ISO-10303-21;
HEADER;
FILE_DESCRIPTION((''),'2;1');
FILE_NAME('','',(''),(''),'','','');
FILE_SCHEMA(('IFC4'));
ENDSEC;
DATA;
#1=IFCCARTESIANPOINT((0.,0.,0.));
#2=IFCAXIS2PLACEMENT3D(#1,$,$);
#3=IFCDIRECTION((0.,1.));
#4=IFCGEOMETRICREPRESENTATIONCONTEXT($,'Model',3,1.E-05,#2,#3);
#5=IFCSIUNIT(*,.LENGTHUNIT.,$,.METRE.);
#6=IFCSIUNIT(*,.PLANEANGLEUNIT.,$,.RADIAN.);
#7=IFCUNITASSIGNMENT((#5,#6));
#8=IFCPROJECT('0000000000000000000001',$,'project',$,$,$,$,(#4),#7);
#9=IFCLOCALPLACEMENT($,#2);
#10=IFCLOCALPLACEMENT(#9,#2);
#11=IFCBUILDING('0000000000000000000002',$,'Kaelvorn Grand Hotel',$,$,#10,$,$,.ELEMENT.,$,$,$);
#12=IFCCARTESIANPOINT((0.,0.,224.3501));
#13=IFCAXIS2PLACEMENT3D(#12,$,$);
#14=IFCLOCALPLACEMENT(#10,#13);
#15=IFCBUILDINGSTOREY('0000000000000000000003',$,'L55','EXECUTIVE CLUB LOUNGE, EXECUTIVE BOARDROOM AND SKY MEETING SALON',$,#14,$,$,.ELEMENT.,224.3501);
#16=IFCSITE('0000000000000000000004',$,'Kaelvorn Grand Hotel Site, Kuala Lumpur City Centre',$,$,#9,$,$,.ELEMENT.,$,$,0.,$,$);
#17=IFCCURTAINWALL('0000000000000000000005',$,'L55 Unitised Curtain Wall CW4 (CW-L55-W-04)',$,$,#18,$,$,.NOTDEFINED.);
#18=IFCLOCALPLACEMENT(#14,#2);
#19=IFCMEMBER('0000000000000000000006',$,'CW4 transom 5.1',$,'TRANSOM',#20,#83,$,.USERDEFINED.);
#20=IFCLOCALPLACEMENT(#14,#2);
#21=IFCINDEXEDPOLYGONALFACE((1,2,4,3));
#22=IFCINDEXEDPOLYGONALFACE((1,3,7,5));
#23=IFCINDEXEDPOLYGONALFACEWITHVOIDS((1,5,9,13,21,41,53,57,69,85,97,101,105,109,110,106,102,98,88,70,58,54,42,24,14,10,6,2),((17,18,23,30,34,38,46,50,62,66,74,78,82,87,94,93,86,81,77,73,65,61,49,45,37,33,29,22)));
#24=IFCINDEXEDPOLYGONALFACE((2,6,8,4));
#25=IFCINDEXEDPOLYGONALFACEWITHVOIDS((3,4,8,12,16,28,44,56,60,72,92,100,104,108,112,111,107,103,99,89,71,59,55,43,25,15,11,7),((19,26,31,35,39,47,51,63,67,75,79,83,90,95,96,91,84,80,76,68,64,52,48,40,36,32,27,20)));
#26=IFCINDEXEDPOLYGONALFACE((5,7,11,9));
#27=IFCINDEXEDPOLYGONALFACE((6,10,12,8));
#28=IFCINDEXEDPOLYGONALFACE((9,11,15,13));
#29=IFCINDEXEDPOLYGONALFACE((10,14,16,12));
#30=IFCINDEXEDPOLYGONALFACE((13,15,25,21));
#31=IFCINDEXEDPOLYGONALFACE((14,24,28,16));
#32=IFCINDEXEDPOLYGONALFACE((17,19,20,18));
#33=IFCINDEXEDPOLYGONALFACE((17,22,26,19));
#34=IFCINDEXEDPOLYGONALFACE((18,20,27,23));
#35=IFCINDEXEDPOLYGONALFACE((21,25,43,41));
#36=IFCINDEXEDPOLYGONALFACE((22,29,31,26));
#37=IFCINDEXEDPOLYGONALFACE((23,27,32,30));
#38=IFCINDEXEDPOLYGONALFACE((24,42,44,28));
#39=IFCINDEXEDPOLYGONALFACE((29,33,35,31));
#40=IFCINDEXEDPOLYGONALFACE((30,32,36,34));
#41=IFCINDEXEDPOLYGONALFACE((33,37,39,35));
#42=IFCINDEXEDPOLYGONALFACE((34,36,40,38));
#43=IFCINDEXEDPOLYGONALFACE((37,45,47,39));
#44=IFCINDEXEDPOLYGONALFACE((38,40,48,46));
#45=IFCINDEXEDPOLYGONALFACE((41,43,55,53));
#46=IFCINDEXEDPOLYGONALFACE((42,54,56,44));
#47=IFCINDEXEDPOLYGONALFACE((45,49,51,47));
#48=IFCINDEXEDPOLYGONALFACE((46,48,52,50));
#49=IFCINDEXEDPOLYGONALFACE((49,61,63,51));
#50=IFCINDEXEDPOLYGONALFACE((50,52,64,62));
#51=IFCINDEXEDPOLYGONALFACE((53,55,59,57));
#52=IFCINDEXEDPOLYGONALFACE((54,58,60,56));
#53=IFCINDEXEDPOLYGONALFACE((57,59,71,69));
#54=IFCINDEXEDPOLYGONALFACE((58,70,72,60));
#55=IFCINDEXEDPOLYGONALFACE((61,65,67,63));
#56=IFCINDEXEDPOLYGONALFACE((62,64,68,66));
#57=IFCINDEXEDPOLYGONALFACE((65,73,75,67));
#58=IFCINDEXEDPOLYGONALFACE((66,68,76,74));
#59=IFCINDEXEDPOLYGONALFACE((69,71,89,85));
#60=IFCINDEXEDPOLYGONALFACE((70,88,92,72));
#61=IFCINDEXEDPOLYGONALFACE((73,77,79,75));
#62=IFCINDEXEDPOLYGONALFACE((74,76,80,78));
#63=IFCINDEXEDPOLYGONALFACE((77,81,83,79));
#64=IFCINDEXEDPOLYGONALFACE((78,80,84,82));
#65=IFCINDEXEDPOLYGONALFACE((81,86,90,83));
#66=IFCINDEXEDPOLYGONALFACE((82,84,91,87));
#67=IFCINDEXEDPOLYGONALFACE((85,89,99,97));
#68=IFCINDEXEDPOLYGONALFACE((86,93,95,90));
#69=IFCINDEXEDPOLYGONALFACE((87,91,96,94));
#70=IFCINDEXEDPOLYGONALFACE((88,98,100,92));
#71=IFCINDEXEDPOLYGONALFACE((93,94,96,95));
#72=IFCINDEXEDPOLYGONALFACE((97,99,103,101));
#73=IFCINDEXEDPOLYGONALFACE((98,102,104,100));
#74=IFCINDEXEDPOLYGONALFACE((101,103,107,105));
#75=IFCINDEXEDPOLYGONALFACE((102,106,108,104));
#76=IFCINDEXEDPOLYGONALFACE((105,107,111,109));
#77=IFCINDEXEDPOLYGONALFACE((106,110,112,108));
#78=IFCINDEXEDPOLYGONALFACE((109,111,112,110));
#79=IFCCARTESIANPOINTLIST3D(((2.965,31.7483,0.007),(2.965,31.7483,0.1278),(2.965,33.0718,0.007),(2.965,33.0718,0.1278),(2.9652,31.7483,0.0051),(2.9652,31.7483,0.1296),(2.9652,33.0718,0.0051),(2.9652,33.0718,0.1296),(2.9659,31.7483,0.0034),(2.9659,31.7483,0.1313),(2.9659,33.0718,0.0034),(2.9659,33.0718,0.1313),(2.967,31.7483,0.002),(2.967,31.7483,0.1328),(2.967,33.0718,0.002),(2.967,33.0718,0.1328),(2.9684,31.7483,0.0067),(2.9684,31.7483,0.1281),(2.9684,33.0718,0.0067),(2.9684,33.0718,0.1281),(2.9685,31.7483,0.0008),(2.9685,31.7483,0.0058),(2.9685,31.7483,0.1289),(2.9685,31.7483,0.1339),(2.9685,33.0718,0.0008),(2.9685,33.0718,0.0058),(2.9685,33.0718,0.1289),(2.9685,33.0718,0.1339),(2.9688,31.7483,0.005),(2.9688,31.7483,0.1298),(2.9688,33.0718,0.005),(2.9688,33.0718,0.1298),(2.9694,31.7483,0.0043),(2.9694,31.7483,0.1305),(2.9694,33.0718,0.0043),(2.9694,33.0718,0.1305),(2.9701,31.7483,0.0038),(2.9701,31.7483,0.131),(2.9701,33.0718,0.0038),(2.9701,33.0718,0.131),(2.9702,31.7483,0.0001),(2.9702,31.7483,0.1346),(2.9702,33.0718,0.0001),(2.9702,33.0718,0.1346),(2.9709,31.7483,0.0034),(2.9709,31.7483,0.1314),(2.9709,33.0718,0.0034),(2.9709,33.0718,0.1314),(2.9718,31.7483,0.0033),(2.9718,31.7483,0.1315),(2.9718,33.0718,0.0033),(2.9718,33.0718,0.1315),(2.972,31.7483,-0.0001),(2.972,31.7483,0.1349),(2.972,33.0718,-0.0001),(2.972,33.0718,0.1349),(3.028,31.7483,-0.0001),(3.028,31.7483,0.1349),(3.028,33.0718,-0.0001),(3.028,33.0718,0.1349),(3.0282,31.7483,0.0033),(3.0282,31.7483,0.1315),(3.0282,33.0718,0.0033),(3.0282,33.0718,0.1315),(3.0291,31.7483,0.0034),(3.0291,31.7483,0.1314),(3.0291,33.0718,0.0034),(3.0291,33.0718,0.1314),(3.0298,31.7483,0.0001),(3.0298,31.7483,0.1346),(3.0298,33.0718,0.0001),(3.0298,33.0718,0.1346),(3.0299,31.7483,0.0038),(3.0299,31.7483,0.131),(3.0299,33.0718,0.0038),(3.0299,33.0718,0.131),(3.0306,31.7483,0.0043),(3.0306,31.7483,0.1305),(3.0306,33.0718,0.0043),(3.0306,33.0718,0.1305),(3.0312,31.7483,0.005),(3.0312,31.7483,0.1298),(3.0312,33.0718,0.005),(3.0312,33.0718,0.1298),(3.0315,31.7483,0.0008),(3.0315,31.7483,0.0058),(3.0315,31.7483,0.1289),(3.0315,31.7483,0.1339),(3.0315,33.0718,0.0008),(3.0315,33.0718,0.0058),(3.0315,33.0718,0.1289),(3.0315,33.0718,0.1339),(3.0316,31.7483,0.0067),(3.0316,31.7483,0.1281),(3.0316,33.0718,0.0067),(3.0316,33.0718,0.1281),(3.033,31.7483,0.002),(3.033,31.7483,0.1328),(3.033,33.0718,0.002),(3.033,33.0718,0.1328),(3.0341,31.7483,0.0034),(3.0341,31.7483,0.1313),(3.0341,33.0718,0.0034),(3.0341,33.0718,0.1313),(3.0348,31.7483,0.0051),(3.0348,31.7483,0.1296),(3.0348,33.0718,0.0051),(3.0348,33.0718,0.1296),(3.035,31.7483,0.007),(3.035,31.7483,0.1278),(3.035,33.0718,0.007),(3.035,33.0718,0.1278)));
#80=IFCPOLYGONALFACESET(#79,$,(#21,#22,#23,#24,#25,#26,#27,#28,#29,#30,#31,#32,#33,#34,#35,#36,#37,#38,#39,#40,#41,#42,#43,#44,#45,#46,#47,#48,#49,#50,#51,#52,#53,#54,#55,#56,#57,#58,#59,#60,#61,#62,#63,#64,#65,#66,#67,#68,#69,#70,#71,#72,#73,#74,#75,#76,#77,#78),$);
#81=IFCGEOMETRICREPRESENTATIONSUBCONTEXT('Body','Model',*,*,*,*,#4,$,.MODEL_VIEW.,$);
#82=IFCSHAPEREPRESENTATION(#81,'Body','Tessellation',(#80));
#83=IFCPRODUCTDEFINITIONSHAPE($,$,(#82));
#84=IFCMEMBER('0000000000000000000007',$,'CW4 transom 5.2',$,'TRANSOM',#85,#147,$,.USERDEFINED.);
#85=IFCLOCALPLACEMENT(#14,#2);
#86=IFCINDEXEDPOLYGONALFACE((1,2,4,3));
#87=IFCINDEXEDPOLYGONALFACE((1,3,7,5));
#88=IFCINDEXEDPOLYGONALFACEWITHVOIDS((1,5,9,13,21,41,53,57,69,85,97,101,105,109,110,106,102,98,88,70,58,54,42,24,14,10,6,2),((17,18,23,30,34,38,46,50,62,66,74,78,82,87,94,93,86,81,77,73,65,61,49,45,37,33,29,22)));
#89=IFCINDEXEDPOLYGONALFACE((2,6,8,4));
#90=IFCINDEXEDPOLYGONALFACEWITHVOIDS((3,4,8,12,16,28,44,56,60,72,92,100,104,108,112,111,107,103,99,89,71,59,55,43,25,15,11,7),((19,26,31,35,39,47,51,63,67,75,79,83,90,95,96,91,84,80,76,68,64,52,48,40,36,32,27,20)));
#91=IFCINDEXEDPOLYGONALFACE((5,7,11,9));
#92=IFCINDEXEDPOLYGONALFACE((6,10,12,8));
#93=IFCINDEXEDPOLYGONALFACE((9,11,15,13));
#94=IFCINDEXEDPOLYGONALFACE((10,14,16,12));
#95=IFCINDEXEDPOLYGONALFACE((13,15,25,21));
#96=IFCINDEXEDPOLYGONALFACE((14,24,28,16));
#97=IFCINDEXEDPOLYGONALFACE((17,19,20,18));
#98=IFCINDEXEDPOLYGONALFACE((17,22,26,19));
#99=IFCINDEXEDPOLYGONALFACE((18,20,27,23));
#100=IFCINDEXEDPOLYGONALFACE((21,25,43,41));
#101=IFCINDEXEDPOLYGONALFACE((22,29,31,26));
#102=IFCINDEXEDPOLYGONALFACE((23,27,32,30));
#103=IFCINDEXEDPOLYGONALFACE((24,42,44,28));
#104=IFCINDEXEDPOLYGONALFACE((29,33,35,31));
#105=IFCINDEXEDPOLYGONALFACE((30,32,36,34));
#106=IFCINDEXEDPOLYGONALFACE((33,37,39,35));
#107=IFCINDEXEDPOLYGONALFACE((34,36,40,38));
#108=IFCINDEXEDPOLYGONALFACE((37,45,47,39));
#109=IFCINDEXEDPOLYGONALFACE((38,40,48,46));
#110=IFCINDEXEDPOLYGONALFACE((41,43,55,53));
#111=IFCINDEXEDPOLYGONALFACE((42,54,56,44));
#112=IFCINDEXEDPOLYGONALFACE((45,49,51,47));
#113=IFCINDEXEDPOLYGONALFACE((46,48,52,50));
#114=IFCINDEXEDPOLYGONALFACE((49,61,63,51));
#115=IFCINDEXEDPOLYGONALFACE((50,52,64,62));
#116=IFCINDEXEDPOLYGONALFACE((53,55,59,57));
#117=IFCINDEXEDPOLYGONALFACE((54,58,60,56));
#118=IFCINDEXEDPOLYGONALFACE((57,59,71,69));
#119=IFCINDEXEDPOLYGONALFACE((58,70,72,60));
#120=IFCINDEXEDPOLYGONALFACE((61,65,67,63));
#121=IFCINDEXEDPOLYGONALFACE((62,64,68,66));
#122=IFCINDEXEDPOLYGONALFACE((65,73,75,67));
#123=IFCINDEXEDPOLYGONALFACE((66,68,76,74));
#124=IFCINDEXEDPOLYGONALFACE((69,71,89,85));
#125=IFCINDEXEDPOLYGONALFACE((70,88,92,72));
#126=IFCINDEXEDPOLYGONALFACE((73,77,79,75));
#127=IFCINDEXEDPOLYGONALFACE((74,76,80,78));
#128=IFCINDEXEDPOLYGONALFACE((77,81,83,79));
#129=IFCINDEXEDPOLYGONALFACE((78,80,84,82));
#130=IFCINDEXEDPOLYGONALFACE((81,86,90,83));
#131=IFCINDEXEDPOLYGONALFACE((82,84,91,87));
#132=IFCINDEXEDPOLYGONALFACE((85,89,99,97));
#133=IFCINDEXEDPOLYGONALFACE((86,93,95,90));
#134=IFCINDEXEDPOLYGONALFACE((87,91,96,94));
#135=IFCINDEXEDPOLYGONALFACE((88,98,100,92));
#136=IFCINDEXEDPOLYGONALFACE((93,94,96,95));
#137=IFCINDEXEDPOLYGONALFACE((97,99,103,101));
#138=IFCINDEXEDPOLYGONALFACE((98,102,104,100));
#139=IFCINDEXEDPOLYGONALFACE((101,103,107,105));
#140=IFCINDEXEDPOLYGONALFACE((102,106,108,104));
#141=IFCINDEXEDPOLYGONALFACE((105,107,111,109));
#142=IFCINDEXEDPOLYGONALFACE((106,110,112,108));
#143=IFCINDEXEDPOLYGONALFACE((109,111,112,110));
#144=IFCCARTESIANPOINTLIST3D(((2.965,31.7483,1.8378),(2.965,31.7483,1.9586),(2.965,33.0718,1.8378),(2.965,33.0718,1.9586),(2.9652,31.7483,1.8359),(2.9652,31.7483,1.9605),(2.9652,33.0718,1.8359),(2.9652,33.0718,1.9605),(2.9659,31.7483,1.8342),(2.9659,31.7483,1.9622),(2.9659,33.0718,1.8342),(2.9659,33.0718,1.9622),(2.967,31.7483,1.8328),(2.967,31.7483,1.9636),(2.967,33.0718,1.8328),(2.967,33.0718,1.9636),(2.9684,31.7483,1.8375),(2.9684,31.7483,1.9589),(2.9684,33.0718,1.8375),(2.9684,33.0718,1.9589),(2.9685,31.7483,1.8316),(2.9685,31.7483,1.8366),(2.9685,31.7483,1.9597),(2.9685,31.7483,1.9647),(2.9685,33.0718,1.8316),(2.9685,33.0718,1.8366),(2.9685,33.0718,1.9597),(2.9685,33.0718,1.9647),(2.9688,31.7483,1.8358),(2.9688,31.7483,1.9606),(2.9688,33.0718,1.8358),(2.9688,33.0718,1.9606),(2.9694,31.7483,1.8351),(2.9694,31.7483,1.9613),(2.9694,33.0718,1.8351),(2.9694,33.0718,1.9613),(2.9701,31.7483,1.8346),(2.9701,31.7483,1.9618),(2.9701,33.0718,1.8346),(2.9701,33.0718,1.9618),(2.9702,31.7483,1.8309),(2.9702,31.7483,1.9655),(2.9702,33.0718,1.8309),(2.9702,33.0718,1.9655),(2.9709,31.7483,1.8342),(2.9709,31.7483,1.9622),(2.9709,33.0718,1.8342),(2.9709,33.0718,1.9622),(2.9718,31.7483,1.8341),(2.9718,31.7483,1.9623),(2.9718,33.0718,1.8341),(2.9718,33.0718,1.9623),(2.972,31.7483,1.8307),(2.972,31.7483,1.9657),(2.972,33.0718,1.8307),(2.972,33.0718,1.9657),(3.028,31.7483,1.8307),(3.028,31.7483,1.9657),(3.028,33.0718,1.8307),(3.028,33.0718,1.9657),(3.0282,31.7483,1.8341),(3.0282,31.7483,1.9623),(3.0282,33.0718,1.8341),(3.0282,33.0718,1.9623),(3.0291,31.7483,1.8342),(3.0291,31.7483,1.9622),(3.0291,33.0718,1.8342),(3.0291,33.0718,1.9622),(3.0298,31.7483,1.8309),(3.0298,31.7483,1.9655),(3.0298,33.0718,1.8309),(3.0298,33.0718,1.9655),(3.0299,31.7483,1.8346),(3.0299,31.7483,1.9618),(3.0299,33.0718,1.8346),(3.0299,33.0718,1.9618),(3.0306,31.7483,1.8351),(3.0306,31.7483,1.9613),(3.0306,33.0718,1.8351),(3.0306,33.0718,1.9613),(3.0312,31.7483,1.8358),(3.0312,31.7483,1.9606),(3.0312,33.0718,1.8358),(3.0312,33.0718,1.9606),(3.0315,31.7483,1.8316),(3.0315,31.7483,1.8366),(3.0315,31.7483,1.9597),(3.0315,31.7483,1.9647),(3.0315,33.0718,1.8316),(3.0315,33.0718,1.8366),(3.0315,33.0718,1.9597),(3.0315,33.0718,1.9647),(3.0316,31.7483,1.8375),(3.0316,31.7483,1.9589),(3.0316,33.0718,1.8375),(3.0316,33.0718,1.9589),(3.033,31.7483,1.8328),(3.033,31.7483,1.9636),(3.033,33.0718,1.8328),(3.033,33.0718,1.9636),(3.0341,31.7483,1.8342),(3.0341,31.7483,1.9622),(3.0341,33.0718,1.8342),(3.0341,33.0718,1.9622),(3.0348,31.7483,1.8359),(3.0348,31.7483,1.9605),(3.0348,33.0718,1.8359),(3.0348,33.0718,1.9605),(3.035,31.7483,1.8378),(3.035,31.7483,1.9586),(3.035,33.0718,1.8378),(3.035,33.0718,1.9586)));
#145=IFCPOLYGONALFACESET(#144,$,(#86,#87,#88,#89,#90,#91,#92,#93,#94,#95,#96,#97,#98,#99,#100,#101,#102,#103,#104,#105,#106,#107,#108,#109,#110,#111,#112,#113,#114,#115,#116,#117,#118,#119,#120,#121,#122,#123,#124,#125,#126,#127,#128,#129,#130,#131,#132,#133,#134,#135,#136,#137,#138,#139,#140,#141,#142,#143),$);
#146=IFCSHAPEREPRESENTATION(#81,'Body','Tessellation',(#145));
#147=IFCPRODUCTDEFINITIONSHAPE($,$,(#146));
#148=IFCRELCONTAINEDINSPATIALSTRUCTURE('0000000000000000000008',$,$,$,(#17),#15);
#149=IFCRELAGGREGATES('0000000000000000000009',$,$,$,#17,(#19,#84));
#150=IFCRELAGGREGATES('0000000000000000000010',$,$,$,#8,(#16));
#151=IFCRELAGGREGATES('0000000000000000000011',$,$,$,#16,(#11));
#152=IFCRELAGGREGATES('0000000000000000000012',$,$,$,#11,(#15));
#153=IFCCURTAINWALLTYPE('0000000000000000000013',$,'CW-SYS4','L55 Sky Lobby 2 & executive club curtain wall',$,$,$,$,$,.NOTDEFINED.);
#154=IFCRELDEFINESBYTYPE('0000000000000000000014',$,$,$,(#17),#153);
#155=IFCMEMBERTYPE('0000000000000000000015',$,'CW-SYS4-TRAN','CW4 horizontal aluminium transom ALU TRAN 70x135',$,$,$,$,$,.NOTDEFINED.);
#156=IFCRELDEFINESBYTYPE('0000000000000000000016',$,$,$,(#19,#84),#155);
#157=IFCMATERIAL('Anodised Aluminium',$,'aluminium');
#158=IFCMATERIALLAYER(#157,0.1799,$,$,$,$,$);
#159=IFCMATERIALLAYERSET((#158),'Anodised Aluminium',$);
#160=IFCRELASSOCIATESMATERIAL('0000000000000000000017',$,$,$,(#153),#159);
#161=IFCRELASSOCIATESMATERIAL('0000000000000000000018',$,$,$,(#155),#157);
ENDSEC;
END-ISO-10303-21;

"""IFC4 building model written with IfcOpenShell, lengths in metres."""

from ifc_helpers import new_model, si_unit, direction, frame, origin, origin_2d, place, context, subcontext, project, spatial, hollow_rectangle, extrude, material, layer, layer_set, material_profile, profile_set, type_object, element, aggregate, save


model = new_model("IFC4")

# Units and contexts
model_context = context("Model", 3, precision=1e-05, world=origin(), true_north=direction((0.0, 1.0)))
body_context = subcontext(model_context, "Body", "Model", "MODEL_VIEW")
ifc_project = project(units=[si_unit("LENGTHUNIT", "METRE"), si_unit("PLANEANGLEUNIT", "RADIAN")], contexts=[model_context])

# Site, building, storey
site_placement = place(None, origin())
site = spatial("IfcSite", under=ifc_project, at=site_placement, Name="Kaelvorn Grand Hotel Site, Kuala Lumpur City Centre", CompositionType="ELEMENT", RefElevation=0.0)
building_placement = place(site_placement, origin())
building = spatial("IfcBuilding", under=site, at=building_placement, Name="Kaelvorn Grand Hotel", CompositionType="ELEMENT")
storey_placement = place(building_placement, frame((0.0, 0.0, 224.3501)))
storey = spatial("IfcBuildingStorey", under=building, at=storey_placement, Name="L55", Description="EXECUTIVE CLUB LOUNGE, EXECUTIVE BOARDROOM AND SKY MEETING SALON", CompositionType="ELEMENT", Elevation=224.3501)

# Curtain wall, members
ifc_material_1 = material(Name="Anodised Aluminium", Category="aluminium")
ifc_layer_1 = layer(ifc_material_1, 0.1799)
ifc_layer_set_1 = layer_set([ifc_layer_1], Name="Anodised Aluminium")
curtain_wall_type = type_object("IfcCurtainWallType", Name="CW-SYS4", Description="L55 Sky Lobby 2 & executive club curtain wall", PredefinedType="NOTDEFINED", material=ifc_layer_set_1)
curtain_wall_placement = place(storey_placement, origin())
curtain_wall = element("IfcCurtainWall", 1, at=curtain_wall_placement, inside=storey, type_object=curtain_wall_type, Name="L55 Unitised Curtain Wall CW4 (CW-L55-W-04)", PredefinedType="NOTDEFINED")
ifc_material_profile_1 = material_profile(ifc_material_1, hollow_rectangle(XDim=0.0701, YDim=0.135, WallThickness=0.0034, InnerFilletRadius=0.0034, OuterFilletRadius=0.0071, at=origin_2d()), Name="ALU TRAN 70x135")
ifc_profile_set_1 = profile_set([ifc_material_profile_1], Name="Anodised Aluminium")
member_type_1 = type_object("IfcMemberType", Name="CW-SYS4-TRAN", Description="CW4 horizontal aluminium transom ALU TRAN 70x135", PredefinedType="NOTDEFINED", material=ifc_profile_set_1)
member_1_placement = place(storey_placement, frame((3.0, 33.0718, 0.0674), z_axis=(0.0, -1.0, 0.0), x_axis=(1.0, 0.0, 0.0)))
member_1 = element("IfcMember", 2, at=member_1_placement, type_object=member_type_1, Name="CW4 transom 5.1", ObjectType="TRANSOM", PredefinedType="USERDEFINED", context=body_context, shape_type="SweptSolid", body=[
    extrude(hollow_rectangle(XDim=0.0701, YDim=0.135, WallThickness=0.0034, InnerFilletRadius=0.0034, OuterFilletRadius=0.0071, at=origin_2d()), origin(), (0.0, 0.0, 1.0), 1.3235),
])
member_2_placement = place(storey_placement, frame((3.0, 33.0718, 1.8982), z_axis=(0.0, -1.0, 0.0), x_axis=(1.0, 0.0, 0.0)))
member_2 = element("IfcMember", 3, at=member_2_placement, type_object=member_type_1, Name="CW4 transom 5.2", ObjectType="TRANSOM", PredefinedType="USERDEFINED", context=body_context, shape_type="SweptSolid", body=[
    extrude(hollow_rectangle(XDim=0.0701, YDim=0.135, WallThickness=0.0034, InnerFilletRadius=0.0034, OuterFilletRadius=0.0071, at=origin_2d()), origin(), (0.0, 0.0, 1.0), 1.3235),
])
aggregate(curtain_wall, [member_1, member_2])

save(model, "model.ifc")
